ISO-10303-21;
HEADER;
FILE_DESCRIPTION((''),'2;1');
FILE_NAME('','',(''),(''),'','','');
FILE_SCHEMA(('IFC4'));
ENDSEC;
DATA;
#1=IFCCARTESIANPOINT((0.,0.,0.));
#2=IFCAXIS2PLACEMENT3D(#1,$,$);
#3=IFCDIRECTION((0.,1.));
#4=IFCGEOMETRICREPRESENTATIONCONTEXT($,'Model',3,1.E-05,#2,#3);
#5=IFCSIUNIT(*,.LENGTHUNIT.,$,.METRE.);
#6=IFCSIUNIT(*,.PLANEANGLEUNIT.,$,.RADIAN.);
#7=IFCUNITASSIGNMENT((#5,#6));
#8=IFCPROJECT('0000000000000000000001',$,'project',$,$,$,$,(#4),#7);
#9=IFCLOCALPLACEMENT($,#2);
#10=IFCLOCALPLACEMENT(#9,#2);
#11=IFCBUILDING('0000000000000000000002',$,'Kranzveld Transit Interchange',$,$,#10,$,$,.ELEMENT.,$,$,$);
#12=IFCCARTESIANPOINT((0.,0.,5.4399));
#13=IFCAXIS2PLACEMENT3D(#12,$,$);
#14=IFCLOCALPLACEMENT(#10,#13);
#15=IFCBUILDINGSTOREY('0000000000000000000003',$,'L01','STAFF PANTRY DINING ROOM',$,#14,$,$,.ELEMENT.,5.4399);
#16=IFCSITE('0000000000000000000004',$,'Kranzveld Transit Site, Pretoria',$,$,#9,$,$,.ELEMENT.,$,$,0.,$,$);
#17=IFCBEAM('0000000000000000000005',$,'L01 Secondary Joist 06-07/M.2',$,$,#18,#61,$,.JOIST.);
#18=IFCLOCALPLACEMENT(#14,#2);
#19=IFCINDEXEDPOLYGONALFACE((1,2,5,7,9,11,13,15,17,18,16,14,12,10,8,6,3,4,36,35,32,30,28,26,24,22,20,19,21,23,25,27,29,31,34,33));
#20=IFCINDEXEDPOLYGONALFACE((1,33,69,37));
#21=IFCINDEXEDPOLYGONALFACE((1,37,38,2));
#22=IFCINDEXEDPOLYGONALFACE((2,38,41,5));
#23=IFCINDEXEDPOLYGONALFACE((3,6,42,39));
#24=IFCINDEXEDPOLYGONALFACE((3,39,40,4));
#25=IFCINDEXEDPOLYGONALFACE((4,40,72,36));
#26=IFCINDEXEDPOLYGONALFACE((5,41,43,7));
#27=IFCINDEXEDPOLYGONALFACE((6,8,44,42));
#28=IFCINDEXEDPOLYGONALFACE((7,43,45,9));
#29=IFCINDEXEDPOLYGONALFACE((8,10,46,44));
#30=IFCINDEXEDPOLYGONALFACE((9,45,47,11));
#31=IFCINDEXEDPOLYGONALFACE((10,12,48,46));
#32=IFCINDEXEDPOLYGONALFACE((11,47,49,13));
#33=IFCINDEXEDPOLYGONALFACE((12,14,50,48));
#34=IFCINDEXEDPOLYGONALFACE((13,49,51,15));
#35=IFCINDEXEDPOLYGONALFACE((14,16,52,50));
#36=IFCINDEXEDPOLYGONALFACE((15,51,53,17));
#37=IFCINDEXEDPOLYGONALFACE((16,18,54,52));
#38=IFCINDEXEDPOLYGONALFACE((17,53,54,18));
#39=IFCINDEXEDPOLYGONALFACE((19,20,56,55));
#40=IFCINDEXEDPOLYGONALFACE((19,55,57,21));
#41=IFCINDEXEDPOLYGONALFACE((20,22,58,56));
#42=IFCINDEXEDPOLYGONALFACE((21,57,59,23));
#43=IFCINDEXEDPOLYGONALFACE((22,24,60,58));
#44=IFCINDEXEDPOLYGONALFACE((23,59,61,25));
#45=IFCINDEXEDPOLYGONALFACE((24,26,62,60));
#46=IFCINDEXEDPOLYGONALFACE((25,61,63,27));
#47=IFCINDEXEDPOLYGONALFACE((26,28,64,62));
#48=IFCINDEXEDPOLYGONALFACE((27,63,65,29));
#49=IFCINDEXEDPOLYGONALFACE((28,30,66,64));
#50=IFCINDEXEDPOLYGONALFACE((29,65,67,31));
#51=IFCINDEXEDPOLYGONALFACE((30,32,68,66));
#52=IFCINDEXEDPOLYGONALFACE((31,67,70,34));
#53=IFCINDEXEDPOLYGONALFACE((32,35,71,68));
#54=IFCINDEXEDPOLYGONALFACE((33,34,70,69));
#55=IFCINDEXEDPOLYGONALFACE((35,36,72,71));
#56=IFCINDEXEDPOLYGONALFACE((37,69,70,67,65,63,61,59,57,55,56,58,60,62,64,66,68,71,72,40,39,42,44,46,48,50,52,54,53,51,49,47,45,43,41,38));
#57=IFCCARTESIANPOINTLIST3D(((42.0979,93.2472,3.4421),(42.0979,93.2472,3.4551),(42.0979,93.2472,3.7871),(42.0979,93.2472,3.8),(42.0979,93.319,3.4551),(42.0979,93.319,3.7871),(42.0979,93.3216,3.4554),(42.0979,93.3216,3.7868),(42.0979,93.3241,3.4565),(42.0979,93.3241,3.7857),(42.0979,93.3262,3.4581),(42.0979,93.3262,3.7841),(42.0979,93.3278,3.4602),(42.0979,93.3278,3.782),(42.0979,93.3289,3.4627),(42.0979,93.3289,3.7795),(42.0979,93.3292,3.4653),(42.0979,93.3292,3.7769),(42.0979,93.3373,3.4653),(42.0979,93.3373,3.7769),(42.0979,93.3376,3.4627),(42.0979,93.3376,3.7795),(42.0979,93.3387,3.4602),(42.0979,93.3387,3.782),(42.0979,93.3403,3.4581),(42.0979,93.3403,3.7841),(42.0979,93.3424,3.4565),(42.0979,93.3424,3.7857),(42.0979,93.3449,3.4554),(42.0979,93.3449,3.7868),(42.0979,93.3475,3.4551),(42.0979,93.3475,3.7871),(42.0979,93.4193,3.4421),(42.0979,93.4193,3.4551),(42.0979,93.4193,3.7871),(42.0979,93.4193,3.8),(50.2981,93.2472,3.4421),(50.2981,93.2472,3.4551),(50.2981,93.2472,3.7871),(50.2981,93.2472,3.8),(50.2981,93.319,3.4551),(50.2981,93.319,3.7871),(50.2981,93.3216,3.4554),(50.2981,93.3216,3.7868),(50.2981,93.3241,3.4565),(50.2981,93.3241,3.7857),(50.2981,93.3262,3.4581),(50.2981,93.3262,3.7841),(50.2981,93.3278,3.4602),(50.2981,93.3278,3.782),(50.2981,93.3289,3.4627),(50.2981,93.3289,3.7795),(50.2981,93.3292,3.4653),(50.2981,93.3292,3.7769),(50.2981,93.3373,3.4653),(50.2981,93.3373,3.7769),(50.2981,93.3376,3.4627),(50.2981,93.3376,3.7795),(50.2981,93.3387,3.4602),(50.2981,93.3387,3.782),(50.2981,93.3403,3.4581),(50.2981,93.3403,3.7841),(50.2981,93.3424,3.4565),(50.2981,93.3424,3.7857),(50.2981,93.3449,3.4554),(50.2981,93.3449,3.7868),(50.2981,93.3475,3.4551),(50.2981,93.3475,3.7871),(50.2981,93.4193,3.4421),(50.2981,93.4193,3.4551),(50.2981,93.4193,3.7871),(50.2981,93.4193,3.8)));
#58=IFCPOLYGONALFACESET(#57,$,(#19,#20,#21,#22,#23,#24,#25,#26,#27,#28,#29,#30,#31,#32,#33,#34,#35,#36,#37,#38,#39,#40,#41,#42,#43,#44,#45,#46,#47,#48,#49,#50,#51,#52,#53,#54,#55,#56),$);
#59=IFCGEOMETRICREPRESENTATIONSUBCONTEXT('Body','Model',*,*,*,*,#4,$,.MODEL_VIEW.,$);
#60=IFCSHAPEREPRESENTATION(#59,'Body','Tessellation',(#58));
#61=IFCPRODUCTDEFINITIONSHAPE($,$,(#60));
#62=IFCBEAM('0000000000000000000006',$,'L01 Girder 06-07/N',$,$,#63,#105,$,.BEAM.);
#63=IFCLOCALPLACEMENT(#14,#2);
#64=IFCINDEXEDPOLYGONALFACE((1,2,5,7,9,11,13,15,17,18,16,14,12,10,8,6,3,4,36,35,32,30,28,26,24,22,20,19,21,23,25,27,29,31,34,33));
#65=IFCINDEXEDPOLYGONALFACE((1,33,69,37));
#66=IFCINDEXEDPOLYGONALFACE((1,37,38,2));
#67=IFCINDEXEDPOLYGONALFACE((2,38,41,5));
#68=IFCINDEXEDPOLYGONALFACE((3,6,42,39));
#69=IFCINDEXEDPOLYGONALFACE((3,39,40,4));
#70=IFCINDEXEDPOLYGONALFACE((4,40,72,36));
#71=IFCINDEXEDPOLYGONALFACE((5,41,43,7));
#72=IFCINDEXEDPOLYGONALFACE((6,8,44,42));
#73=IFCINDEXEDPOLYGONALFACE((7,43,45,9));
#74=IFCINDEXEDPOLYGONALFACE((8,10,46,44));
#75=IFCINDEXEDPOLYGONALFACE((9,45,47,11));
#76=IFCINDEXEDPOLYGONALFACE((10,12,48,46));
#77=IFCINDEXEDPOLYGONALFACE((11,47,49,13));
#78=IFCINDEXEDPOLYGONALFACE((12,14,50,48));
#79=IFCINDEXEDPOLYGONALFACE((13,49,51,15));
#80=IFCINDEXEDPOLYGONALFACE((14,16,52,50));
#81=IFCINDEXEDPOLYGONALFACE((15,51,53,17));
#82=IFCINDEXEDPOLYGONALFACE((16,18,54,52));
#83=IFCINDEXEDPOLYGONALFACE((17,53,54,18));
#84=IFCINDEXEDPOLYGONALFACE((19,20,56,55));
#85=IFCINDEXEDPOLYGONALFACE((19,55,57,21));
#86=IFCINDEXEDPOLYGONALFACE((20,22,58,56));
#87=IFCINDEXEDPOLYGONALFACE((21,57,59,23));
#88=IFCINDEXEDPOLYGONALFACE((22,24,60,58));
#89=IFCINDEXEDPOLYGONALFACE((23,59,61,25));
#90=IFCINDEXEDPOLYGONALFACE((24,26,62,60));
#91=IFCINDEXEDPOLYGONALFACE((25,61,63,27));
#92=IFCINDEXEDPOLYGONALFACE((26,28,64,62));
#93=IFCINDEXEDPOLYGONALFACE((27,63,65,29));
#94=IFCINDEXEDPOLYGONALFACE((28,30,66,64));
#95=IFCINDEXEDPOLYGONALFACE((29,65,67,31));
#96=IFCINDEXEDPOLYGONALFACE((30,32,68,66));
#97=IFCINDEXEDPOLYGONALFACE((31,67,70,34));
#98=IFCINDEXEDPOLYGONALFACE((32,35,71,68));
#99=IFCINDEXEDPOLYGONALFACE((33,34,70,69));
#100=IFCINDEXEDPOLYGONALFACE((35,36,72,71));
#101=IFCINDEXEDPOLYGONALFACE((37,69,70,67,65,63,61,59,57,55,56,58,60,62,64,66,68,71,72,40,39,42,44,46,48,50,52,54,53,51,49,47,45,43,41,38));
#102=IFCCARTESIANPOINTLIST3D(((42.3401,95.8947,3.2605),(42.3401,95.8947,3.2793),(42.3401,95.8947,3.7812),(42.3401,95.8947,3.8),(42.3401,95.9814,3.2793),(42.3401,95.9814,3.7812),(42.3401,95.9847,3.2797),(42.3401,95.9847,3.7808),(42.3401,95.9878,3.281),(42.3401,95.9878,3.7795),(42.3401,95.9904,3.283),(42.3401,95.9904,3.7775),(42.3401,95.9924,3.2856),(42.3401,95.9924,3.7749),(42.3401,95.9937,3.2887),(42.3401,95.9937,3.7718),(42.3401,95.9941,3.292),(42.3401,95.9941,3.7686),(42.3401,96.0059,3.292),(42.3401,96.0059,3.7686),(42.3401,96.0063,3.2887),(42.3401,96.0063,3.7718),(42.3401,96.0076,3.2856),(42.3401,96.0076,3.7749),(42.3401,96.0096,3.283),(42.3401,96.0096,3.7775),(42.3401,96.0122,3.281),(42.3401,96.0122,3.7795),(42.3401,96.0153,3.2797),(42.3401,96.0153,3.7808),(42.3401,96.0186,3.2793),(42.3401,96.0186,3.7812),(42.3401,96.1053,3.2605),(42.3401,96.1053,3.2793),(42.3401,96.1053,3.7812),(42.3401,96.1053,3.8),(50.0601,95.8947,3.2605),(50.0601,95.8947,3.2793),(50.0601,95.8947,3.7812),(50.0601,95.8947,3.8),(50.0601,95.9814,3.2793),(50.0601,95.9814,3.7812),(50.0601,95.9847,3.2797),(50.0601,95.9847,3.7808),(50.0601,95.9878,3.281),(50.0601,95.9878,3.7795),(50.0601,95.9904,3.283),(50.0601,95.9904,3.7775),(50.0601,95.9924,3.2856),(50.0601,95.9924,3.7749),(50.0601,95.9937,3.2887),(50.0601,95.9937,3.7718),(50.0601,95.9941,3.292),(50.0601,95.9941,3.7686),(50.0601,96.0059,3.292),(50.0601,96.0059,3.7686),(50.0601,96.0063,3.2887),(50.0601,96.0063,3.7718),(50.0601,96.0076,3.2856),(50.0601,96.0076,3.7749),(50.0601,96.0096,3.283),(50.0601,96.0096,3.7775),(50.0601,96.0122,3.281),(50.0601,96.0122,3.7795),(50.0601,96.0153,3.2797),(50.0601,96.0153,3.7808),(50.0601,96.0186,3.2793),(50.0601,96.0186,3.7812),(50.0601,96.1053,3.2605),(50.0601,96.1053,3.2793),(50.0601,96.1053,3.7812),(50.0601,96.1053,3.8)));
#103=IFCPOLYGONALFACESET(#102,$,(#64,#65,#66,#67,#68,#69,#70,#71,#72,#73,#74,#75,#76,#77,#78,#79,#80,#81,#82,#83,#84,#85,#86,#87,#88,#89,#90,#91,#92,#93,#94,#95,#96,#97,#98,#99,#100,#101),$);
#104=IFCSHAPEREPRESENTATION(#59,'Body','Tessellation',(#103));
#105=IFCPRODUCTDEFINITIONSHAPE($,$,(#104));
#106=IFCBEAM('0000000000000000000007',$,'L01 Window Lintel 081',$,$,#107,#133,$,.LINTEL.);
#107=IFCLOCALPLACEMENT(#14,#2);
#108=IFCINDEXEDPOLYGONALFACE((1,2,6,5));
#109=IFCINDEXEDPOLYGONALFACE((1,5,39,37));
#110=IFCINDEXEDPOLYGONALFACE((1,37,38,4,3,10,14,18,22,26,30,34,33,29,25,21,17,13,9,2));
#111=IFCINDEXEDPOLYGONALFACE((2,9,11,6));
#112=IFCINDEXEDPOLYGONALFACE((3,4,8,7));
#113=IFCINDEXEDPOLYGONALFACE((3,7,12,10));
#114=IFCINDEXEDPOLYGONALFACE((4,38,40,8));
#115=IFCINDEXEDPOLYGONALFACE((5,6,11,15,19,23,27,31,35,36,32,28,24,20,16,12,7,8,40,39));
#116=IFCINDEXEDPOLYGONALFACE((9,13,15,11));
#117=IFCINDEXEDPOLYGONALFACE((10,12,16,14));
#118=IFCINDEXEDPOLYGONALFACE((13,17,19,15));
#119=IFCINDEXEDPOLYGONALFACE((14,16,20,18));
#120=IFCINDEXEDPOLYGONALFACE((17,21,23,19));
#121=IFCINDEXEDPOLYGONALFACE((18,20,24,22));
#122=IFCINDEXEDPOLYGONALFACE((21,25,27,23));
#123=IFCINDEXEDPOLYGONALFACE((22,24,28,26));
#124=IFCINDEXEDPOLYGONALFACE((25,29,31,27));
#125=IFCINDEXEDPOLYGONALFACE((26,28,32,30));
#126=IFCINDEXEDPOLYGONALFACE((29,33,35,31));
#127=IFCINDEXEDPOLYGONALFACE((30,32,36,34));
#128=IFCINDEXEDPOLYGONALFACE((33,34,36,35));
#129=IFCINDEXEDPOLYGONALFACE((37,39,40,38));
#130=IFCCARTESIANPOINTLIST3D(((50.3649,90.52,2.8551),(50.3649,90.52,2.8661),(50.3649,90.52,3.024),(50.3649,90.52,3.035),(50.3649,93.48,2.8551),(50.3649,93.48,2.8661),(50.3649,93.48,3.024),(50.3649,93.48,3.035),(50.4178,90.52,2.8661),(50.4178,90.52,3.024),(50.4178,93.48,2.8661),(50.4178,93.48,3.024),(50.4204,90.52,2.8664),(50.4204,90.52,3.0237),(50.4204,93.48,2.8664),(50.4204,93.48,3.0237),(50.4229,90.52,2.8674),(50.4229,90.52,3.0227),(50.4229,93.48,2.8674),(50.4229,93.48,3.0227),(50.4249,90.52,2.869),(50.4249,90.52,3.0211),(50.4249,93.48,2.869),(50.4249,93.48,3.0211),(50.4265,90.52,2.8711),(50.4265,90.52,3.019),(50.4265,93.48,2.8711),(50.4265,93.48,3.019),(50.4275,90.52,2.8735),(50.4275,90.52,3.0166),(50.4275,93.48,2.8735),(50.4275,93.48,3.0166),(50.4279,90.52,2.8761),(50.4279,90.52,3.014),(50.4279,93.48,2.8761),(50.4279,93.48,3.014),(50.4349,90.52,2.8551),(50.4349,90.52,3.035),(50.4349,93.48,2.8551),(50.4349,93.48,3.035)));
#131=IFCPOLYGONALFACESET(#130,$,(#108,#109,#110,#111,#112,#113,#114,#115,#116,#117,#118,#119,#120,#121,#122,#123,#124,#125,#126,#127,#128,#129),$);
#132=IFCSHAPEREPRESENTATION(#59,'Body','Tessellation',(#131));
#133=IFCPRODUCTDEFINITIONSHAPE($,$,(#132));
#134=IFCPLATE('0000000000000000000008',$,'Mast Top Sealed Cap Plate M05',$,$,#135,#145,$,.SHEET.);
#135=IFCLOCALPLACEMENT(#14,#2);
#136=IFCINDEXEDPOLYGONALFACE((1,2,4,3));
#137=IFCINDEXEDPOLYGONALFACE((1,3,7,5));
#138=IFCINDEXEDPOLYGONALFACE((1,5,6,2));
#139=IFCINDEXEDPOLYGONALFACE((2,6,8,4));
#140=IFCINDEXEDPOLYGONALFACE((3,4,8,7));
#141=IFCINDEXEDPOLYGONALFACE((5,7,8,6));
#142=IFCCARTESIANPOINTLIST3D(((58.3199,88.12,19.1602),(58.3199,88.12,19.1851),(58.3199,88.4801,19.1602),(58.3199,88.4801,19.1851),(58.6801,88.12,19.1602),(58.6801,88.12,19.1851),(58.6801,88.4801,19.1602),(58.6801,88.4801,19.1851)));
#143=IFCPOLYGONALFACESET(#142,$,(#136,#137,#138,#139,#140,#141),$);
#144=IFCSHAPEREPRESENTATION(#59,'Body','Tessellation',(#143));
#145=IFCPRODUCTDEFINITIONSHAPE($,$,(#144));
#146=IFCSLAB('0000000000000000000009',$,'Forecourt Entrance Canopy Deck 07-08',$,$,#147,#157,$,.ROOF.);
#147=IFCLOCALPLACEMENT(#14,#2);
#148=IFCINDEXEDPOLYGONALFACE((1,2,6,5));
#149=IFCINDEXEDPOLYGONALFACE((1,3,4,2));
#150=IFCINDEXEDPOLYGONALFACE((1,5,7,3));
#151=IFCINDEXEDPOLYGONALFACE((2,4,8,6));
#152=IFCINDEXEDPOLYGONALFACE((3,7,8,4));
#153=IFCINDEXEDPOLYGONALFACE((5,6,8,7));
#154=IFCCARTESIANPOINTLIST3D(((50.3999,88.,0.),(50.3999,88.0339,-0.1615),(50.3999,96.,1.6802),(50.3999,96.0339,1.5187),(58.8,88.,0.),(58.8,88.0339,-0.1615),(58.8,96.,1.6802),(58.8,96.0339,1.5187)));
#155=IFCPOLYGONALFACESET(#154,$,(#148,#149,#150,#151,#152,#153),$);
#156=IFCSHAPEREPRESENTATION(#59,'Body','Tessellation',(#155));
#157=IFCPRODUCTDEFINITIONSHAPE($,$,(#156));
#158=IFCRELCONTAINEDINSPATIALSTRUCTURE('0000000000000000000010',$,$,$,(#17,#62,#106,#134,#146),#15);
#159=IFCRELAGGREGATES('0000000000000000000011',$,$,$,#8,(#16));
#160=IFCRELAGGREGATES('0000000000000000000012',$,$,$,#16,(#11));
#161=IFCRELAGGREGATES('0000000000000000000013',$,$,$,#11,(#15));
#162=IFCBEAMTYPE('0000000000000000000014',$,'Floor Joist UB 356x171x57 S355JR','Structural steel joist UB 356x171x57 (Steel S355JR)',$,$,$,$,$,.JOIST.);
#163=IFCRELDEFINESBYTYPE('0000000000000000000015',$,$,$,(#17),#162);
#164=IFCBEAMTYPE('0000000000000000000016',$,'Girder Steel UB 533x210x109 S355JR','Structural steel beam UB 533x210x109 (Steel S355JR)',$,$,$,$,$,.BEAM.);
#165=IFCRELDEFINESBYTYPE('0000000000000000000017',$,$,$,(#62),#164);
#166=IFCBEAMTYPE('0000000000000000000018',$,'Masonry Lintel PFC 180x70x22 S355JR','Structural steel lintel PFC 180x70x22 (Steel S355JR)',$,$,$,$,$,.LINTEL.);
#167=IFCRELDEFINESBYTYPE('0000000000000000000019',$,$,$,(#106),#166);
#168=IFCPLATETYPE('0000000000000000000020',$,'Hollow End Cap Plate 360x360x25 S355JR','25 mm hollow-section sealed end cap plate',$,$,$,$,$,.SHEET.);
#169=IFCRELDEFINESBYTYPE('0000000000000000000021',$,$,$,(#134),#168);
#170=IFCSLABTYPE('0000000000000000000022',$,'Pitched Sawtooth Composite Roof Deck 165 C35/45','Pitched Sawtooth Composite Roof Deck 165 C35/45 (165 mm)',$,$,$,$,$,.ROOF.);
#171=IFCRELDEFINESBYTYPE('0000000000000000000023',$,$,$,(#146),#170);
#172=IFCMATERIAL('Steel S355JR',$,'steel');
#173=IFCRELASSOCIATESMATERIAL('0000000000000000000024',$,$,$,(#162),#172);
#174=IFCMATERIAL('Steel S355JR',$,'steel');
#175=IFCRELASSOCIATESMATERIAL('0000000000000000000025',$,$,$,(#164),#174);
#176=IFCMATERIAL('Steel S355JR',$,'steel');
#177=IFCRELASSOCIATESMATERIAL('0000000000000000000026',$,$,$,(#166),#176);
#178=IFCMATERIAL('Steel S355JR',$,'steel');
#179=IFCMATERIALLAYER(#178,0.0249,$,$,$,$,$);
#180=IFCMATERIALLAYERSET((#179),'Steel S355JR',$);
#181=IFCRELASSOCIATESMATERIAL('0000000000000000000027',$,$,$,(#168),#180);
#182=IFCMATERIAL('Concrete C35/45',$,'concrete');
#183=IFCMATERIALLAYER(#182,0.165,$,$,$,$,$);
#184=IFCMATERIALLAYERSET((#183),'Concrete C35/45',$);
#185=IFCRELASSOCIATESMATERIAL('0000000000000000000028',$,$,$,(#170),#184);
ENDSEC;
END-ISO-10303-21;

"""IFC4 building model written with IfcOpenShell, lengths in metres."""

from ifc_helpers import new_model, si_unit, direction, frame, origin, origin_2d, place, context, subcontext, project, spatial, polyline, rectangle, i_section, u_section, outline, extrude, material, layer, layer_set, material_profile, profile_set, type_object, element, save


model = new_model("IFC4")

# Units and contexts
model_context = context("Model", 3, precision=1e-05, world=origin(), true_north=direction((0.0, 1.0)))
body_context = subcontext(model_context, "Body", "Model", "MODEL_VIEW")
ifc_project = project(units=[si_unit("LENGTHUNIT", "METRE"), si_unit("PLANEANGLEUNIT", "RADIAN")], contexts=[model_context])

# Site, building, storey
site_placement = place(None, origin())
site = spatial("IfcSite", under=ifc_project, at=site_placement, Name="Kranzveld Transit Site, Pretoria", CompositionType="ELEMENT", RefElevation=0.0)
building_placement = place(site_placement, origin())
building = spatial("IfcBuilding", under=site, at=building_placement, Name="Kranzveld Transit Interchange", CompositionType="ELEMENT")
storey_placement = place(building_placement, frame((0.0, 0.0, 5.4399)))
storey = spatial("IfcBuildingStorey", under=building, at=storey_placement, Name="L01", Description="STAFF PANTRY DINING ROOM", CompositionType="ELEMENT", Elevation=5.4399)

# Beams
ifc_material_1 = material(Name="Steel S355JR", Category="steel")
ifc_material_profile_1 = material_profile(ifc_material_1, i_section(OverallWidth=0.1721, OverallDepth=0.3579, WebThickness=0.0081, FlangeThickness=0.0129, FilletRadius=0.0103, at=origin_2d()), Name="UB 356x171x57")
ifc_profile_set_1 = profile_set([ifc_material_profile_1], Name="Steel S355JR")
beam_type_1 = type_object("IfcBeamType", Name="Floor Joist UB 356x171x57 S355JR", Description="Structural steel joist UB 356x171x57 (Steel S355JR)", PredefinedType="JOIST", material=ifc_profile_set_1)
for number, where, z_axis, x_axis, name in (
    (1, (42.0979, 93.3333, 3.6211), (1.0, 0.0, 0.0), (0.0, 1.0, 0.0), "L01 Secondary Joist 06-07/M.2"),
):
    element("IfcBeam", number, at=place(storey_placement, frame(where, z_axis=z_axis, x_axis=x_axis)), inside=storey, type_object=beam_type_1, Name=name, PredefinedType="JOIST", context=body_context, shape_type="SweptSolid", body=[
        extrude(i_section(OverallWidth=0.1721, OverallDepth=0.3579, WebThickness=0.0081, FlangeThickness=0.0129, FilletRadius=0.0103, at=origin_2d()), origin(), (0.0, 0.0, 1.0), 8.2002),
    ])
ifc_material_2 = material(Name="Steel S355JR", Category="steel")
ifc_material_profile_2 = material_profile(ifc_material_2, i_section(OverallWidth=0.2107, OverallDepth=0.5396, WebThickness=0.0117, FlangeThickness=0.0188, FilletRadius=0.0127, at=origin_2d()), Name="UB 533x210x109")
ifc_profile_set_2 = profile_set([ifc_material_profile_2], Name="Steel S355JR")
beam_type_2 = type_object("IfcBeamType", Name="Girder Steel UB 533x210x109 S355JR", Description="Structural steel beam UB 533x210x109 (Steel S355JR)", PredefinedType="BEAM", material=ifc_profile_set_2)
beam_1_placement = place(storey_placement, frame((42.3401, 96.0, 3.5303), z_axis=(1.0, 0.0, 0.0), x_axis=(0.0, 1.0, 0.0)))
element("IfcBeam", 2, at=beam_1_placement, inside=storey, type_object=beam_type_2, Name="L01 Girder 06-07/N", PredefinedType="BEAM", context=body_context, shape_type="SweptSolid", body=[
    extrude(i_section(OverallWidth=0.2107, OverallDepth=0.5396, WebThickness=0.0117, FlangeThickness=0.0188, FilletRadius=0.0127, at=origin_2d()), origin(), (0.0, 0.0, 1.0), 7.72),
])
ifc_material_3 = material(Name="Steel S355JR", Category="steel")
ifc_material_profile_3 = material_profile(ifc_material_3, u_section(Depth=0.1799, FlangeWidth=0.0701, WebThickness=0.0071, FlangeThickness=0.011, FilletRadius=0.01, at=origin_2d()), Name="PFC 180x70x22")
ifc_profile_set_3 = profile_set([ifc_material_profile_3], Name="Steel S355JR")
beam_type_3 = type_object("IfcBeamType", Name="Masonry Lintel PFC 180x70x22 S355JR", Description="Structural steel lintel PFC 180x70x22 (Steel S355JR)", PredefinedType="LINTEL", material=ifc_profile_set_3)
beam_2_placement = place(storey_placement, frame((50.3999, 90.52, 2.9451), z_axis=(0.0, 1.0, 0.0), x_axis=(-1.0, 0.0, 0.0)))
element("IfcBeam", 3, at=beam_2_placement, inside=storey, type_object=beam_type_3, Name="L01 Window Lintel 081", PredefinedType="LINTEL", context=body_context, shape_type="SweptSolid", body=[
    extrude(u_section(Depth=0.1799, FlangeWidth=0.0701, WebThickness=0.0071, FlangeThickness=0.011, FilletRadius=0.01, at=origin_2d()), origin(), (0.0, 0.0, 1.0), 2.96),
])

# Plate
ifc_material_4 = material(Name="Steel S355JR", Category="steel")
ifc_layer_1 = layer(ifc_material_4, 0.0249)
ifc_layer_set_1 = layer_set([ifc_layer_1], Name="Steel S355JR")
plate_type = type_object("IfcPlateType", Name="Hollow End Cap Plate 360x360x25 S355JR", Description="25 mm hollow-section sealed end cap plate", PredefinedType="SHEET", material=ifc_layer_set_1)
plate_placement = place(storey_placement, frame((58.5, 88.3, 19.1602), z_axis=(0.0, 0.0, 1.0), x_axis=(1.0, 0.0, 0.0)))
element("IfcPlate", 4, at=plate_placement, inside=storey, type_object=plate_type, Name="Mast Top Sealed Cap Plate M05", PredefinedType="SHEET", context=body_context, shape_type="SweptSolid", body=[
    extrude(rectangle(XDim=0.3601, YDim=0.3601, at=origin_2d()), origin(), (0.0, 0.0, 1.0), 0.0249),
])

# Slab
ifc_material_5 = material(Name="Concrete C35/45", Category="concrete")
ifc_layer_2 = layer(ifc_material_5, 0.165)
ifc_layer_set_2 = layer_set([ifc_layer_2], Name="Concrete C35/45")
slab_type = type_object("IfcSlabType", Name="Pitched Sawtooth Composite Roof Deck 165 C35/45", Description="Pitched Sawtooth Composite Roof Deck 165 C35/45 (165 mm)", PredefinedType="ROOF", material=ifc_layer_set_2)
slab_placement = place(storey_placement, frame((50.3999, 88.0, 0.0), z_axis=(0.0, -0.205538, 0.978649), x_axis=(1.0, 0.0, 0.0)))
element("IfcSlab", 5, at=slab_placement, inside=storey, type_object=slab_type, Name="Forecourt Entrance Canopy Deck 07-08", PredefinedType="ROOF", context=body_context, shape_type="SweptSolid", body=[
    extrude(outline(polyline([(0.0, 0.0), (8.4001, 0.0), (8.4001, 8.1745), (0.0, 8.1745), (0.0, 0.0)])), origin(), (0.0, 0.0, -1.0), 0.165),
])

save(model, "model.ifc")
